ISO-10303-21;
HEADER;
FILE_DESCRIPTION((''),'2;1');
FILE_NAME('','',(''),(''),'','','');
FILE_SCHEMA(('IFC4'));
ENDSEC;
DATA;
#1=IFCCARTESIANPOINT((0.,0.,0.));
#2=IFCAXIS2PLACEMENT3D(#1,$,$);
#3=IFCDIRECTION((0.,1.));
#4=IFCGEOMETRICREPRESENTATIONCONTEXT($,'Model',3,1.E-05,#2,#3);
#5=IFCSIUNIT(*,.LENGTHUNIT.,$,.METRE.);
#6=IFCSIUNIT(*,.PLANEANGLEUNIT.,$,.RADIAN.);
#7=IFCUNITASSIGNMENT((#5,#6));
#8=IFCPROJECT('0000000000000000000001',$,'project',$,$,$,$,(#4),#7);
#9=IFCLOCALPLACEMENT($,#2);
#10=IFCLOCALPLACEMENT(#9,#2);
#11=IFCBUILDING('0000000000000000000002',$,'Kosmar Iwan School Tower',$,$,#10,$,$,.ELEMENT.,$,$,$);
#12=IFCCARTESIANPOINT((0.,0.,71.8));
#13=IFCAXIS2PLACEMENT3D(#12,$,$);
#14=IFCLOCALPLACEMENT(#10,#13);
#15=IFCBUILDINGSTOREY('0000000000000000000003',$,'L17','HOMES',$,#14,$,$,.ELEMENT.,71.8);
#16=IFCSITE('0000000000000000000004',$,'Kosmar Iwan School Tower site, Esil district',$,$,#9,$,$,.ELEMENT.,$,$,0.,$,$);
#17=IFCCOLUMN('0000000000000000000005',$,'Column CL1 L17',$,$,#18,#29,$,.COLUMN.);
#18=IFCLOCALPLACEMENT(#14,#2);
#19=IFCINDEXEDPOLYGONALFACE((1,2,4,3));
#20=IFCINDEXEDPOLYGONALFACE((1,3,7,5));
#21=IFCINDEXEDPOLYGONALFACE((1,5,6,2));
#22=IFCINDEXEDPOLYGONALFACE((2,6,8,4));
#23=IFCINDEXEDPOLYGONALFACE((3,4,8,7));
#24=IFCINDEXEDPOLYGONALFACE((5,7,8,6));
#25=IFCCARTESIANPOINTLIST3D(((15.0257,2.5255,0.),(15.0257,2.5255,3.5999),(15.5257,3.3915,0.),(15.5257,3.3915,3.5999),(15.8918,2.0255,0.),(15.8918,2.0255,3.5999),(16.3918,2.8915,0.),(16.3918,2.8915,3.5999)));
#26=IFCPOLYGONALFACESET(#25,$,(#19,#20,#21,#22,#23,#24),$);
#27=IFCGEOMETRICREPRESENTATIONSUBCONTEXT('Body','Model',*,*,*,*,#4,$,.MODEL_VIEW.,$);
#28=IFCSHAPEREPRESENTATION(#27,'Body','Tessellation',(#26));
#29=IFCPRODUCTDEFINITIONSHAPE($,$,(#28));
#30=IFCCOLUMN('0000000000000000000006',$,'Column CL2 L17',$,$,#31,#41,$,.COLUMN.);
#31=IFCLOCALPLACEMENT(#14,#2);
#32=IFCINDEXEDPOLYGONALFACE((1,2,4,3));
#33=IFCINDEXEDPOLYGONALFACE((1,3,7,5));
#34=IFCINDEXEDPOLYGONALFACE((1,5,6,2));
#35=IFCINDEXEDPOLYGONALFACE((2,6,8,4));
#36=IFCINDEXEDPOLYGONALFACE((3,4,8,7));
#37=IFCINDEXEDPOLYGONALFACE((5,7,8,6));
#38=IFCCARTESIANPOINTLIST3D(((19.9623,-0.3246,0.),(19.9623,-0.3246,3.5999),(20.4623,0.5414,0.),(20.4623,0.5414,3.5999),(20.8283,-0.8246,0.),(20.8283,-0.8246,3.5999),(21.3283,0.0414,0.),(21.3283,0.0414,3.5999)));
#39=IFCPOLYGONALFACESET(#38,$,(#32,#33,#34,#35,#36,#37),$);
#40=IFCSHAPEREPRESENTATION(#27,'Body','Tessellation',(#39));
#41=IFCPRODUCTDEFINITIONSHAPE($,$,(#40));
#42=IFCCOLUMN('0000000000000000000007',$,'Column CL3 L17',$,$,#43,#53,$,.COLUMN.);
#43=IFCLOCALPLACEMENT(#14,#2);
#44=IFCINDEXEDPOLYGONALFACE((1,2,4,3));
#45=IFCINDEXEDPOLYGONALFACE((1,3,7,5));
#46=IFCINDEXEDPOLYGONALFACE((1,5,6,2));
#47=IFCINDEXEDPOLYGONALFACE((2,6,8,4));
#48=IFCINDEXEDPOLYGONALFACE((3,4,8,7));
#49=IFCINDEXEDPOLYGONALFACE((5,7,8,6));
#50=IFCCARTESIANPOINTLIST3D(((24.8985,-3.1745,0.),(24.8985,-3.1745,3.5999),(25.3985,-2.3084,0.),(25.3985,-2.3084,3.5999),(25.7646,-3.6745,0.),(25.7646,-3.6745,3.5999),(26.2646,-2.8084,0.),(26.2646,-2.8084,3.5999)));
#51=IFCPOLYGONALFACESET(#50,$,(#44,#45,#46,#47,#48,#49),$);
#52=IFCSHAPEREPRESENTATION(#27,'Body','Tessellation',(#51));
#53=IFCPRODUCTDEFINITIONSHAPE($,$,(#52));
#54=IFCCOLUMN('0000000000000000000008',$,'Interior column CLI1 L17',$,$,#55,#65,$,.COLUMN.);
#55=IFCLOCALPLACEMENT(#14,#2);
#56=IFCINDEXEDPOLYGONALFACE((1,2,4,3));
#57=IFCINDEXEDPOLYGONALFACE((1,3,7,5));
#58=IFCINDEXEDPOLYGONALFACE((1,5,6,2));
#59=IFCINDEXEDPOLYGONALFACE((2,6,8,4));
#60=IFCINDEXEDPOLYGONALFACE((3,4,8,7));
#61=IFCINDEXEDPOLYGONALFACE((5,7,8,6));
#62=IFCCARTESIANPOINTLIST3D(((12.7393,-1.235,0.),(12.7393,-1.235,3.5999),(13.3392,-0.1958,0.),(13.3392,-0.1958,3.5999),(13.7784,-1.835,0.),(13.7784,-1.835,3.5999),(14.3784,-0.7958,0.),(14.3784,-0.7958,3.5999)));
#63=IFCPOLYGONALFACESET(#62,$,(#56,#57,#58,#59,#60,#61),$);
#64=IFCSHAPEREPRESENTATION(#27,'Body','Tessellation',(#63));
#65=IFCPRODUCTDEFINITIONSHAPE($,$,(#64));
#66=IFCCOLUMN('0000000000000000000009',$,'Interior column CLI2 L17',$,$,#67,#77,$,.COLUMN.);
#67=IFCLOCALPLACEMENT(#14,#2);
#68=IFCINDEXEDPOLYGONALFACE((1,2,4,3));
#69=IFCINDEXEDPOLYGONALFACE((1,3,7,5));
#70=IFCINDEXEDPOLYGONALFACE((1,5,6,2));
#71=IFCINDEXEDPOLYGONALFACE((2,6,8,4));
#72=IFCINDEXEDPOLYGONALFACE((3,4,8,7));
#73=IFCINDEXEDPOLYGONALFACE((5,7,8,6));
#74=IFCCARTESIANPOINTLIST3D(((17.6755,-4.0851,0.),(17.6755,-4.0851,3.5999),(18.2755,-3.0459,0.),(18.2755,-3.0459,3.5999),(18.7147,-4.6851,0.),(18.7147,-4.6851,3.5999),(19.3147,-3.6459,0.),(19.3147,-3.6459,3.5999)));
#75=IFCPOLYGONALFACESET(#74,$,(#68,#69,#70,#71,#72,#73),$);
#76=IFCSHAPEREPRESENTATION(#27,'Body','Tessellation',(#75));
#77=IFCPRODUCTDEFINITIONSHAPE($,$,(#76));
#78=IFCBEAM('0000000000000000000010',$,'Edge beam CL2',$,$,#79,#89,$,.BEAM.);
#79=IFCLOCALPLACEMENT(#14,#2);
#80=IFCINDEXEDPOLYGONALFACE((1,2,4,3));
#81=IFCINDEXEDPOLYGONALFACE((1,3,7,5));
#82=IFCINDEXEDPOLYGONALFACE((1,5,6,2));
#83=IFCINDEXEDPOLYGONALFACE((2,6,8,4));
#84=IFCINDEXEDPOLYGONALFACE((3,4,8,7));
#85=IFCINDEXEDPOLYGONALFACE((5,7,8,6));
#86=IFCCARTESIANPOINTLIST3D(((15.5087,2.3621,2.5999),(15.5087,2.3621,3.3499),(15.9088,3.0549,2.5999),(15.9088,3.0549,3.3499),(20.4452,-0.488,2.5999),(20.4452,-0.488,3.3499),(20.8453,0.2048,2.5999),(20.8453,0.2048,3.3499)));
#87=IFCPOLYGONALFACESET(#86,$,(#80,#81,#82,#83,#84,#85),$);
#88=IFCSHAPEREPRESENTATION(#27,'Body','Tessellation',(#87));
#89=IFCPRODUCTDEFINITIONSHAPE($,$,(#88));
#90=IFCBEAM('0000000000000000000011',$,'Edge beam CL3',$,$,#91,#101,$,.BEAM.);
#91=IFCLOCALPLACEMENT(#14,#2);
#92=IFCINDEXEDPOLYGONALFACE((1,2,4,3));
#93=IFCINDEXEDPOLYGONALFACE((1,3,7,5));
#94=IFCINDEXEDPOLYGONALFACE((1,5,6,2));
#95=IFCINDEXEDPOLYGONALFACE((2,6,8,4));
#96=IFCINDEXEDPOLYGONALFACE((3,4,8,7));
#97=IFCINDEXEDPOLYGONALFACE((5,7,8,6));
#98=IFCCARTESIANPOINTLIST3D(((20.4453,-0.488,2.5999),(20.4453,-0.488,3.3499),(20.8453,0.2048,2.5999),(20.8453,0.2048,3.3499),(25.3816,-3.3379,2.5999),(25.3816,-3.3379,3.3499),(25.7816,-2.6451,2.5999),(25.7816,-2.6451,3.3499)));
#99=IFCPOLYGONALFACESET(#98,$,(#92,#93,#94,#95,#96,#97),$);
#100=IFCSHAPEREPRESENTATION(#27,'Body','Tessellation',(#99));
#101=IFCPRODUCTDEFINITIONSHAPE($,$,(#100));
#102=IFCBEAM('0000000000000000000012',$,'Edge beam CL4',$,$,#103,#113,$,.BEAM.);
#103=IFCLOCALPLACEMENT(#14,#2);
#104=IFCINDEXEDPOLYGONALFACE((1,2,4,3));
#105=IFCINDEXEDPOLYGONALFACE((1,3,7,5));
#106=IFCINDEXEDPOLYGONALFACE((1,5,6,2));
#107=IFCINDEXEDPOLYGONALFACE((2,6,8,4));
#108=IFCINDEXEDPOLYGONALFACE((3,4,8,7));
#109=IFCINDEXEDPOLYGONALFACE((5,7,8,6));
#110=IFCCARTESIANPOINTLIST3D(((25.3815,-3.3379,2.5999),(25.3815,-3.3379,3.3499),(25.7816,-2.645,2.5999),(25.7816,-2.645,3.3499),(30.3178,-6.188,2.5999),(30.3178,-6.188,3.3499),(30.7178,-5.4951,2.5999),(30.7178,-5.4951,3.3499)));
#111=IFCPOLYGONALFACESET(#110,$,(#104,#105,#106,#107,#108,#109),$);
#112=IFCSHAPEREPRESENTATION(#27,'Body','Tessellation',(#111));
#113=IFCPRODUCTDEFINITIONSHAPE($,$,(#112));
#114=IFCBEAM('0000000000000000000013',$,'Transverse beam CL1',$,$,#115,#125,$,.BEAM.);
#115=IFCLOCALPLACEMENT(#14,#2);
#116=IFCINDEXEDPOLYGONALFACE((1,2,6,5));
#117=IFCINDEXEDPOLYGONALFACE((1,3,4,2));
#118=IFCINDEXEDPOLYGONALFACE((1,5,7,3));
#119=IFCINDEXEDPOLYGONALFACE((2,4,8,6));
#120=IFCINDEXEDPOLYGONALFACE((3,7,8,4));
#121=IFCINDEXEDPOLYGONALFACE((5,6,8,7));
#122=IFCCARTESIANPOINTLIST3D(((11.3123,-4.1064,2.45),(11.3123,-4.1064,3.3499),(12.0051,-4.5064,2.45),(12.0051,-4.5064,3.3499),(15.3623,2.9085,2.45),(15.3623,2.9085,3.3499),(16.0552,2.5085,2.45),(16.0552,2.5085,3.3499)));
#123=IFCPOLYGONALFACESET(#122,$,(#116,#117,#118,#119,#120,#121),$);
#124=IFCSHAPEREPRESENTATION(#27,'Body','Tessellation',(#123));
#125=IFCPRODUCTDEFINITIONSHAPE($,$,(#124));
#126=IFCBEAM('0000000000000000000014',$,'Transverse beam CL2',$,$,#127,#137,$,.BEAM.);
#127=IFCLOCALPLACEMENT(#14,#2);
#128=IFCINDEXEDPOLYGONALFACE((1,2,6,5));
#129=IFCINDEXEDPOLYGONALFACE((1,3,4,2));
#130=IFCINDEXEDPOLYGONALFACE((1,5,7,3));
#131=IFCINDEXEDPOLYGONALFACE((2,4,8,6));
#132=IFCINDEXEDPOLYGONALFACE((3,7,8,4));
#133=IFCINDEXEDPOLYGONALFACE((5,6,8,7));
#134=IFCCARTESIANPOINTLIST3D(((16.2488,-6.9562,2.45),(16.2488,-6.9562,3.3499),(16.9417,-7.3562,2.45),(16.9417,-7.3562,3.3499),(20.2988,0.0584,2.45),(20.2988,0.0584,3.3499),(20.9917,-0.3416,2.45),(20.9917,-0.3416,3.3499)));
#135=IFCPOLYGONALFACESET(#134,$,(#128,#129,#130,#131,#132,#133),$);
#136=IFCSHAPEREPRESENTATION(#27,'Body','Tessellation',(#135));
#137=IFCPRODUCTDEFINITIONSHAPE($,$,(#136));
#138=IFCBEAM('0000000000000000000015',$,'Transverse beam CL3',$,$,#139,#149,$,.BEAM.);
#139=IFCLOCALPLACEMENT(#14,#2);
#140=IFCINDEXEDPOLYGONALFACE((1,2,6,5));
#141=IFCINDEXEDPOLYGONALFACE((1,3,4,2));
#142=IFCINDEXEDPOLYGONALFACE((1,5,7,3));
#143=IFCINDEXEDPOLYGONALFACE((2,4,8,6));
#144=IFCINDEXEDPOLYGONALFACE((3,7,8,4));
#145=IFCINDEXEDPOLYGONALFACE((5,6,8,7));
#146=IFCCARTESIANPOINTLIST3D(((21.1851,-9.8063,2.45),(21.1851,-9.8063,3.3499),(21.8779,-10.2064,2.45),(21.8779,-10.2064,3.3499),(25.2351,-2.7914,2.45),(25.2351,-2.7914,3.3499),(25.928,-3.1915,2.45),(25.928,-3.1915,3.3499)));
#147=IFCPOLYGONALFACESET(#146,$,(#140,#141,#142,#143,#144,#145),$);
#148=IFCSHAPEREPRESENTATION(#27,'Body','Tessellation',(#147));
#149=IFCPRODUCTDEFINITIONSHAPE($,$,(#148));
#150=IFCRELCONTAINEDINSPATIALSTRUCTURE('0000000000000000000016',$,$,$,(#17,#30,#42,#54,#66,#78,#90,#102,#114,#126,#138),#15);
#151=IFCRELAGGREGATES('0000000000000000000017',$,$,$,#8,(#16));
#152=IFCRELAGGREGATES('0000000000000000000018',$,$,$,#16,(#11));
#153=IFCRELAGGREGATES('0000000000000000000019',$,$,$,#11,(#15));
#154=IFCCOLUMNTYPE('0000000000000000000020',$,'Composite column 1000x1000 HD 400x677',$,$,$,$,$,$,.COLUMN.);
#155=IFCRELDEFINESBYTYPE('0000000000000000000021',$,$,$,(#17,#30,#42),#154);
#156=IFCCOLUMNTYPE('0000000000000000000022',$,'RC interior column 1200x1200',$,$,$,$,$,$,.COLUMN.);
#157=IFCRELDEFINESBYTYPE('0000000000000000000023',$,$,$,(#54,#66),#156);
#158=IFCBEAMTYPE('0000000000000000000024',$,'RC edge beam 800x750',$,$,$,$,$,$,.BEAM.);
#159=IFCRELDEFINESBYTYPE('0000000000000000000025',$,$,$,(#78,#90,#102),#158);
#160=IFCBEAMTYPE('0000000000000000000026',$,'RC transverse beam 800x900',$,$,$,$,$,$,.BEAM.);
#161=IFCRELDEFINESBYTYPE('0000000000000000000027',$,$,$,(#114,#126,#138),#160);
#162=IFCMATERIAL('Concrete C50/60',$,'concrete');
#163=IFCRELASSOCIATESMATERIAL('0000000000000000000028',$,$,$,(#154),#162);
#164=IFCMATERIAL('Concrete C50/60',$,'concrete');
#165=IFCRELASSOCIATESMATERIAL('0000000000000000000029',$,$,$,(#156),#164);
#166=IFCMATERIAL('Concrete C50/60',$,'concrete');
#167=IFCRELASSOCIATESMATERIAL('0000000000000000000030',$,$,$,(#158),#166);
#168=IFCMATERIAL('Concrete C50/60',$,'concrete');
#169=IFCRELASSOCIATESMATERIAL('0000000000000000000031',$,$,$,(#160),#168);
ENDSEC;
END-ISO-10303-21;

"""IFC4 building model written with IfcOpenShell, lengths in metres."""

from ifc_helpers import new_model, si_unit, direction, frame, origin, origin_2d, place, context, subcontext, project, spatial, rectangle, extrude, material, material_profile, profile_set, type_object, element, save


model = new_model("IFC4")

# Units and contexts
model_context = context("Model", 3, precision=1e-05, world=origin(), true_north=direction((0.0, 1.0)))
body_context = subcontext(model_context, "Body", "Model", "MODEL_VIEW")
ifc_project = project(units=[si_unit("LENGTHUNIT", "METRE"), si_unit("PLANEANGLEUNIT", "RADIAN")], contexts=[model_context])

# Site, building, storey
site_placement = place(None, origin())
site = spatial("IfcSite", under=ifc_project, at=site_placement, Name="Kosmar Iwan School Tower site, Esil district", CompositionType="ELEMENT", RefElevation=0.0)
building_placement = place(site_placement, origin())
building = spatial("IfcBuilding", under=site, at=building_placement, Name="Kosmar Iwan School Tower", CompositionType="ELEMENT")
storey_placement = place(building_placement, frame((0.0, 0.0, 71.8)))
storey = spatial("IfcBuildingStorey", under=building, at=storey_placement, Name="L17", Description="HOMES", CompositionType="ELEMENT", Elevation=71.8)

# Columns
ifc_material_1 = material(Name="Concrete C50/60", Category="concrete")
ifc_material_profile_1 = material_profile(ifc_material_1, rectangle(XDim=1.0, YDim=1.0, at=origin_2d()), Name="RC 1000x1000 + HD 400x677")
ifc_profile_set_1 = profile_set([ifc_material_profile_1], Name="Concrete C50/60")
column_type_1 = type_object("IfcColumnType", Name="Composite column 1000x1000 HD 400x677", PredefinedType="COLUMN", material=ifc_profile_set_1)
for number, where, z_axis, x_axis, name in (
    (1, (15.7087, 2.7085, 0.0), (0.0, 0.0, 1.0), (0.866025, -0.5, 0.0), "Column CL1 L17"),
    (2, (20.6453, -0.1416, 0.0), (0.0, 0.0, 1.0), (0.866025, -0.5, 0.0), "Column CL2 L17"),
    (3, (25.5815, -2.9915, 0.0), (0.0, 0.0, 1.0), (0.866025, -0.5, 0.0), "Column CL3 L17"),
):
    element("IfcColumn", number, at=place(storey_placement, frame(where, z_axis=z_axis, x_axis=x_axis)), inside=storey, type_object=column_type_1, Name=name, PredefinedType="COLUMN", context=body_context, shape_type="SweptSolid", body=[
        extrude(rectangle(XDim=1.0, YDim=1.0, at=origin_2d()), origin(), (0.0, 0.0, 1.0), 3.5999),
    ])
ifc_material_2 = material(Name="Concrete C50/60", Category="concrete")
ifc_material_profile_2 = material_profile(ifc_material_2, rectangle(XDim=1.2, YDim=1.2, at=origin_2d()), Name="RC 1200x1200")
ifc_profile_set_2 = profile_set([ifc_material_profile_2], Name="Concrete C50/60")
column_type_2 = type_object("IfcColumnType", Name="RC interior column 1200x1200", PredefinedType="COLUMN", material=ifc_profile_set_2)
for number, where, z_axis, x_axis, name in (
    (4, (13.5588, -1.0154, 0.0), (0.0, 0.0, 1.0), (0.866025, -0.5, 0.0), "Interior column CLI1 L17"),
    (5, (18.4951, -3.8655, 0.0), (0.0, 0.0, 1.0), (0.866025, -0.5, 0.0), "Interior column CLI2 L17"),
):
    element("IfcColumn", number, at=place(storey_placement, frame(where, z_axis=z_axis, x_axis=x_axis)), inside=storey, type_object=column_type_2, Name=name, PredefinedType="COLUMN", context=body_context, shape_type="SweptSolid", body=[
        extrude(rectangle(XDim=1.2, YDim=1.2, at=origin_2d()), origin(), (0.0, 0.0, 1.0), 3.5999),
    ])

# Beams
ifc_material_3 = material(Name="Concrete C50/60", Category="concrete")
ifc_material_profile_3 = material_profile(ifc_material_3, rectangle(XDim=0.8, YDim=0.75, at=origin_2d()), Name="RC 800x750")
ifc_profile_set_3 = profile_set([ifc_material_profile_3], Name="Concrete C50/60")
beam_type_1 = type_object("IfcBeamType", Name="RC edge beam 800x750", PredefinedType="BEAM", material=ifc_profile_set_3)
beam_1_placement = place(storey_placement, frame((15.7087, 2.7085, 2.9749), z_axis=(0.866026, -0.499999, 0.0), x_axis=(0.499999, 0.866026, 0.0)))
element("IfcBeam", 6, at=beam_1_placement, inside=storey, type_object=beam_type_1, Name="Edge beam CL2", PredefinedType="BEAM", context=body_context, shape_type="SweptSolid", body=[
    extrude(rectangle(XDim=0.8, YDim=0.75, at=origin_2d()), origin(), (0.0, 0.0, 1.0), 5.7002),
])
for number, where, z_axis, x_axis, name in (
    (7, (20.6453, -0.1416, 2.9749), (0.866034, -0.499986, 0.0), (0.499986, 0.866034, 0.0), "Edge beam CL3"),
    (8, (25.5815, -2.9915, 2.9749), (0.866015, -0.500018, 0.0), (0.500018, 0.866015, 0.0), "Edge beam CL4"),
):
    element("IfcBeam", number, at=place(storey_placement, frame(where, z_axis=z_axis, x_axis=x_axis)), inside=storey, type_object=beam_type_1, Name=name, PredefinedType="BEAM", context=body_context, shape_type="SweptSolid", body=[
        extrude(rectangle(XDim=0.8, YDim=0.75, at=origin_2d()), origin(), (0.0, 0.0, 1.0), 5.7),
    ])
ifc_material_4 = material(Name="Concrete C50/60", Category="concrete")
ifc_material_profile_4 = material_profile(ifc_material_4, rectangle(XDim=0.8, YDim=0.8999, at=origin_2d()), Name="RC 800x900")
ifc_profile_set_4 = profile_set([ifc_material_profile_4], Name="Concrete C50/60")
beam_type_2 = type_object("IfcBeamType", Name="RC transverse beam 800x900", PredefinedType="BEAM", material=ifc_profile_set_4)
beam_2_placement = place(storey_placement, frame((15.7087, 2.7085, 2.8999), z_axis=(-0.5, -0.866025, 0.0), x_axis=(0.866025, -0.5, 0.0)))
element("IfcBeam", 9, at=beam_2_placement, inside=storey, type_object=beam_type_2, Name="Transverse beam CL1", PredefinedType="BEAM", context=body_context, shape_type="SweptSolid", body=[
    extrude(rectangle(XDim=0.8, YDim=0.8999, at=origin_2d()), origin(), (0.0, 0.0, 1.0), 8.1001),
])
beam_3_placement = place(storey_placement, frame((20.6453, -0.1416, 2.8999), z_axis=(-0.500013, -0.866018, 0.0), x_axis=(0.866018, -0.500013, 0.0)))
element("IfcBeam", 10, at=beam_3_placement, inside=storey, type_object=beam_type_2, Name="Transverse beam CL2", PredefinedType="BEAM", context=body_context, shape_type="SweptSolid", body=[
    extrude(rectangle(XDim=0.8, YDim=0.8999, at=origin_2d()), origin(), (0.0, 0.0, 1.0), 8.0999),
])
beam_4_placement = place(storey_placement, frame((25.5815, -2.9915, 2.8999), z_axis=(-0.5, -0.866025, 0.0), x_axis=(0.866025, -0.5, 0.0)))
element("IfcBeam", 11, at=beam_4_placement, inside=storey, type_object=beam_type_2, Name="Transverse beam CL3", PredefinedType="BEAM", context=body_context, shape_type="SweptSolid", body=[
    extrude(rectangle(XDim=0.8, YDim=0.8999, at=origin_2d()), origin(), (0.0, 0.0, 1.0), 8.1001),
])

save(model, "model.ifc")
